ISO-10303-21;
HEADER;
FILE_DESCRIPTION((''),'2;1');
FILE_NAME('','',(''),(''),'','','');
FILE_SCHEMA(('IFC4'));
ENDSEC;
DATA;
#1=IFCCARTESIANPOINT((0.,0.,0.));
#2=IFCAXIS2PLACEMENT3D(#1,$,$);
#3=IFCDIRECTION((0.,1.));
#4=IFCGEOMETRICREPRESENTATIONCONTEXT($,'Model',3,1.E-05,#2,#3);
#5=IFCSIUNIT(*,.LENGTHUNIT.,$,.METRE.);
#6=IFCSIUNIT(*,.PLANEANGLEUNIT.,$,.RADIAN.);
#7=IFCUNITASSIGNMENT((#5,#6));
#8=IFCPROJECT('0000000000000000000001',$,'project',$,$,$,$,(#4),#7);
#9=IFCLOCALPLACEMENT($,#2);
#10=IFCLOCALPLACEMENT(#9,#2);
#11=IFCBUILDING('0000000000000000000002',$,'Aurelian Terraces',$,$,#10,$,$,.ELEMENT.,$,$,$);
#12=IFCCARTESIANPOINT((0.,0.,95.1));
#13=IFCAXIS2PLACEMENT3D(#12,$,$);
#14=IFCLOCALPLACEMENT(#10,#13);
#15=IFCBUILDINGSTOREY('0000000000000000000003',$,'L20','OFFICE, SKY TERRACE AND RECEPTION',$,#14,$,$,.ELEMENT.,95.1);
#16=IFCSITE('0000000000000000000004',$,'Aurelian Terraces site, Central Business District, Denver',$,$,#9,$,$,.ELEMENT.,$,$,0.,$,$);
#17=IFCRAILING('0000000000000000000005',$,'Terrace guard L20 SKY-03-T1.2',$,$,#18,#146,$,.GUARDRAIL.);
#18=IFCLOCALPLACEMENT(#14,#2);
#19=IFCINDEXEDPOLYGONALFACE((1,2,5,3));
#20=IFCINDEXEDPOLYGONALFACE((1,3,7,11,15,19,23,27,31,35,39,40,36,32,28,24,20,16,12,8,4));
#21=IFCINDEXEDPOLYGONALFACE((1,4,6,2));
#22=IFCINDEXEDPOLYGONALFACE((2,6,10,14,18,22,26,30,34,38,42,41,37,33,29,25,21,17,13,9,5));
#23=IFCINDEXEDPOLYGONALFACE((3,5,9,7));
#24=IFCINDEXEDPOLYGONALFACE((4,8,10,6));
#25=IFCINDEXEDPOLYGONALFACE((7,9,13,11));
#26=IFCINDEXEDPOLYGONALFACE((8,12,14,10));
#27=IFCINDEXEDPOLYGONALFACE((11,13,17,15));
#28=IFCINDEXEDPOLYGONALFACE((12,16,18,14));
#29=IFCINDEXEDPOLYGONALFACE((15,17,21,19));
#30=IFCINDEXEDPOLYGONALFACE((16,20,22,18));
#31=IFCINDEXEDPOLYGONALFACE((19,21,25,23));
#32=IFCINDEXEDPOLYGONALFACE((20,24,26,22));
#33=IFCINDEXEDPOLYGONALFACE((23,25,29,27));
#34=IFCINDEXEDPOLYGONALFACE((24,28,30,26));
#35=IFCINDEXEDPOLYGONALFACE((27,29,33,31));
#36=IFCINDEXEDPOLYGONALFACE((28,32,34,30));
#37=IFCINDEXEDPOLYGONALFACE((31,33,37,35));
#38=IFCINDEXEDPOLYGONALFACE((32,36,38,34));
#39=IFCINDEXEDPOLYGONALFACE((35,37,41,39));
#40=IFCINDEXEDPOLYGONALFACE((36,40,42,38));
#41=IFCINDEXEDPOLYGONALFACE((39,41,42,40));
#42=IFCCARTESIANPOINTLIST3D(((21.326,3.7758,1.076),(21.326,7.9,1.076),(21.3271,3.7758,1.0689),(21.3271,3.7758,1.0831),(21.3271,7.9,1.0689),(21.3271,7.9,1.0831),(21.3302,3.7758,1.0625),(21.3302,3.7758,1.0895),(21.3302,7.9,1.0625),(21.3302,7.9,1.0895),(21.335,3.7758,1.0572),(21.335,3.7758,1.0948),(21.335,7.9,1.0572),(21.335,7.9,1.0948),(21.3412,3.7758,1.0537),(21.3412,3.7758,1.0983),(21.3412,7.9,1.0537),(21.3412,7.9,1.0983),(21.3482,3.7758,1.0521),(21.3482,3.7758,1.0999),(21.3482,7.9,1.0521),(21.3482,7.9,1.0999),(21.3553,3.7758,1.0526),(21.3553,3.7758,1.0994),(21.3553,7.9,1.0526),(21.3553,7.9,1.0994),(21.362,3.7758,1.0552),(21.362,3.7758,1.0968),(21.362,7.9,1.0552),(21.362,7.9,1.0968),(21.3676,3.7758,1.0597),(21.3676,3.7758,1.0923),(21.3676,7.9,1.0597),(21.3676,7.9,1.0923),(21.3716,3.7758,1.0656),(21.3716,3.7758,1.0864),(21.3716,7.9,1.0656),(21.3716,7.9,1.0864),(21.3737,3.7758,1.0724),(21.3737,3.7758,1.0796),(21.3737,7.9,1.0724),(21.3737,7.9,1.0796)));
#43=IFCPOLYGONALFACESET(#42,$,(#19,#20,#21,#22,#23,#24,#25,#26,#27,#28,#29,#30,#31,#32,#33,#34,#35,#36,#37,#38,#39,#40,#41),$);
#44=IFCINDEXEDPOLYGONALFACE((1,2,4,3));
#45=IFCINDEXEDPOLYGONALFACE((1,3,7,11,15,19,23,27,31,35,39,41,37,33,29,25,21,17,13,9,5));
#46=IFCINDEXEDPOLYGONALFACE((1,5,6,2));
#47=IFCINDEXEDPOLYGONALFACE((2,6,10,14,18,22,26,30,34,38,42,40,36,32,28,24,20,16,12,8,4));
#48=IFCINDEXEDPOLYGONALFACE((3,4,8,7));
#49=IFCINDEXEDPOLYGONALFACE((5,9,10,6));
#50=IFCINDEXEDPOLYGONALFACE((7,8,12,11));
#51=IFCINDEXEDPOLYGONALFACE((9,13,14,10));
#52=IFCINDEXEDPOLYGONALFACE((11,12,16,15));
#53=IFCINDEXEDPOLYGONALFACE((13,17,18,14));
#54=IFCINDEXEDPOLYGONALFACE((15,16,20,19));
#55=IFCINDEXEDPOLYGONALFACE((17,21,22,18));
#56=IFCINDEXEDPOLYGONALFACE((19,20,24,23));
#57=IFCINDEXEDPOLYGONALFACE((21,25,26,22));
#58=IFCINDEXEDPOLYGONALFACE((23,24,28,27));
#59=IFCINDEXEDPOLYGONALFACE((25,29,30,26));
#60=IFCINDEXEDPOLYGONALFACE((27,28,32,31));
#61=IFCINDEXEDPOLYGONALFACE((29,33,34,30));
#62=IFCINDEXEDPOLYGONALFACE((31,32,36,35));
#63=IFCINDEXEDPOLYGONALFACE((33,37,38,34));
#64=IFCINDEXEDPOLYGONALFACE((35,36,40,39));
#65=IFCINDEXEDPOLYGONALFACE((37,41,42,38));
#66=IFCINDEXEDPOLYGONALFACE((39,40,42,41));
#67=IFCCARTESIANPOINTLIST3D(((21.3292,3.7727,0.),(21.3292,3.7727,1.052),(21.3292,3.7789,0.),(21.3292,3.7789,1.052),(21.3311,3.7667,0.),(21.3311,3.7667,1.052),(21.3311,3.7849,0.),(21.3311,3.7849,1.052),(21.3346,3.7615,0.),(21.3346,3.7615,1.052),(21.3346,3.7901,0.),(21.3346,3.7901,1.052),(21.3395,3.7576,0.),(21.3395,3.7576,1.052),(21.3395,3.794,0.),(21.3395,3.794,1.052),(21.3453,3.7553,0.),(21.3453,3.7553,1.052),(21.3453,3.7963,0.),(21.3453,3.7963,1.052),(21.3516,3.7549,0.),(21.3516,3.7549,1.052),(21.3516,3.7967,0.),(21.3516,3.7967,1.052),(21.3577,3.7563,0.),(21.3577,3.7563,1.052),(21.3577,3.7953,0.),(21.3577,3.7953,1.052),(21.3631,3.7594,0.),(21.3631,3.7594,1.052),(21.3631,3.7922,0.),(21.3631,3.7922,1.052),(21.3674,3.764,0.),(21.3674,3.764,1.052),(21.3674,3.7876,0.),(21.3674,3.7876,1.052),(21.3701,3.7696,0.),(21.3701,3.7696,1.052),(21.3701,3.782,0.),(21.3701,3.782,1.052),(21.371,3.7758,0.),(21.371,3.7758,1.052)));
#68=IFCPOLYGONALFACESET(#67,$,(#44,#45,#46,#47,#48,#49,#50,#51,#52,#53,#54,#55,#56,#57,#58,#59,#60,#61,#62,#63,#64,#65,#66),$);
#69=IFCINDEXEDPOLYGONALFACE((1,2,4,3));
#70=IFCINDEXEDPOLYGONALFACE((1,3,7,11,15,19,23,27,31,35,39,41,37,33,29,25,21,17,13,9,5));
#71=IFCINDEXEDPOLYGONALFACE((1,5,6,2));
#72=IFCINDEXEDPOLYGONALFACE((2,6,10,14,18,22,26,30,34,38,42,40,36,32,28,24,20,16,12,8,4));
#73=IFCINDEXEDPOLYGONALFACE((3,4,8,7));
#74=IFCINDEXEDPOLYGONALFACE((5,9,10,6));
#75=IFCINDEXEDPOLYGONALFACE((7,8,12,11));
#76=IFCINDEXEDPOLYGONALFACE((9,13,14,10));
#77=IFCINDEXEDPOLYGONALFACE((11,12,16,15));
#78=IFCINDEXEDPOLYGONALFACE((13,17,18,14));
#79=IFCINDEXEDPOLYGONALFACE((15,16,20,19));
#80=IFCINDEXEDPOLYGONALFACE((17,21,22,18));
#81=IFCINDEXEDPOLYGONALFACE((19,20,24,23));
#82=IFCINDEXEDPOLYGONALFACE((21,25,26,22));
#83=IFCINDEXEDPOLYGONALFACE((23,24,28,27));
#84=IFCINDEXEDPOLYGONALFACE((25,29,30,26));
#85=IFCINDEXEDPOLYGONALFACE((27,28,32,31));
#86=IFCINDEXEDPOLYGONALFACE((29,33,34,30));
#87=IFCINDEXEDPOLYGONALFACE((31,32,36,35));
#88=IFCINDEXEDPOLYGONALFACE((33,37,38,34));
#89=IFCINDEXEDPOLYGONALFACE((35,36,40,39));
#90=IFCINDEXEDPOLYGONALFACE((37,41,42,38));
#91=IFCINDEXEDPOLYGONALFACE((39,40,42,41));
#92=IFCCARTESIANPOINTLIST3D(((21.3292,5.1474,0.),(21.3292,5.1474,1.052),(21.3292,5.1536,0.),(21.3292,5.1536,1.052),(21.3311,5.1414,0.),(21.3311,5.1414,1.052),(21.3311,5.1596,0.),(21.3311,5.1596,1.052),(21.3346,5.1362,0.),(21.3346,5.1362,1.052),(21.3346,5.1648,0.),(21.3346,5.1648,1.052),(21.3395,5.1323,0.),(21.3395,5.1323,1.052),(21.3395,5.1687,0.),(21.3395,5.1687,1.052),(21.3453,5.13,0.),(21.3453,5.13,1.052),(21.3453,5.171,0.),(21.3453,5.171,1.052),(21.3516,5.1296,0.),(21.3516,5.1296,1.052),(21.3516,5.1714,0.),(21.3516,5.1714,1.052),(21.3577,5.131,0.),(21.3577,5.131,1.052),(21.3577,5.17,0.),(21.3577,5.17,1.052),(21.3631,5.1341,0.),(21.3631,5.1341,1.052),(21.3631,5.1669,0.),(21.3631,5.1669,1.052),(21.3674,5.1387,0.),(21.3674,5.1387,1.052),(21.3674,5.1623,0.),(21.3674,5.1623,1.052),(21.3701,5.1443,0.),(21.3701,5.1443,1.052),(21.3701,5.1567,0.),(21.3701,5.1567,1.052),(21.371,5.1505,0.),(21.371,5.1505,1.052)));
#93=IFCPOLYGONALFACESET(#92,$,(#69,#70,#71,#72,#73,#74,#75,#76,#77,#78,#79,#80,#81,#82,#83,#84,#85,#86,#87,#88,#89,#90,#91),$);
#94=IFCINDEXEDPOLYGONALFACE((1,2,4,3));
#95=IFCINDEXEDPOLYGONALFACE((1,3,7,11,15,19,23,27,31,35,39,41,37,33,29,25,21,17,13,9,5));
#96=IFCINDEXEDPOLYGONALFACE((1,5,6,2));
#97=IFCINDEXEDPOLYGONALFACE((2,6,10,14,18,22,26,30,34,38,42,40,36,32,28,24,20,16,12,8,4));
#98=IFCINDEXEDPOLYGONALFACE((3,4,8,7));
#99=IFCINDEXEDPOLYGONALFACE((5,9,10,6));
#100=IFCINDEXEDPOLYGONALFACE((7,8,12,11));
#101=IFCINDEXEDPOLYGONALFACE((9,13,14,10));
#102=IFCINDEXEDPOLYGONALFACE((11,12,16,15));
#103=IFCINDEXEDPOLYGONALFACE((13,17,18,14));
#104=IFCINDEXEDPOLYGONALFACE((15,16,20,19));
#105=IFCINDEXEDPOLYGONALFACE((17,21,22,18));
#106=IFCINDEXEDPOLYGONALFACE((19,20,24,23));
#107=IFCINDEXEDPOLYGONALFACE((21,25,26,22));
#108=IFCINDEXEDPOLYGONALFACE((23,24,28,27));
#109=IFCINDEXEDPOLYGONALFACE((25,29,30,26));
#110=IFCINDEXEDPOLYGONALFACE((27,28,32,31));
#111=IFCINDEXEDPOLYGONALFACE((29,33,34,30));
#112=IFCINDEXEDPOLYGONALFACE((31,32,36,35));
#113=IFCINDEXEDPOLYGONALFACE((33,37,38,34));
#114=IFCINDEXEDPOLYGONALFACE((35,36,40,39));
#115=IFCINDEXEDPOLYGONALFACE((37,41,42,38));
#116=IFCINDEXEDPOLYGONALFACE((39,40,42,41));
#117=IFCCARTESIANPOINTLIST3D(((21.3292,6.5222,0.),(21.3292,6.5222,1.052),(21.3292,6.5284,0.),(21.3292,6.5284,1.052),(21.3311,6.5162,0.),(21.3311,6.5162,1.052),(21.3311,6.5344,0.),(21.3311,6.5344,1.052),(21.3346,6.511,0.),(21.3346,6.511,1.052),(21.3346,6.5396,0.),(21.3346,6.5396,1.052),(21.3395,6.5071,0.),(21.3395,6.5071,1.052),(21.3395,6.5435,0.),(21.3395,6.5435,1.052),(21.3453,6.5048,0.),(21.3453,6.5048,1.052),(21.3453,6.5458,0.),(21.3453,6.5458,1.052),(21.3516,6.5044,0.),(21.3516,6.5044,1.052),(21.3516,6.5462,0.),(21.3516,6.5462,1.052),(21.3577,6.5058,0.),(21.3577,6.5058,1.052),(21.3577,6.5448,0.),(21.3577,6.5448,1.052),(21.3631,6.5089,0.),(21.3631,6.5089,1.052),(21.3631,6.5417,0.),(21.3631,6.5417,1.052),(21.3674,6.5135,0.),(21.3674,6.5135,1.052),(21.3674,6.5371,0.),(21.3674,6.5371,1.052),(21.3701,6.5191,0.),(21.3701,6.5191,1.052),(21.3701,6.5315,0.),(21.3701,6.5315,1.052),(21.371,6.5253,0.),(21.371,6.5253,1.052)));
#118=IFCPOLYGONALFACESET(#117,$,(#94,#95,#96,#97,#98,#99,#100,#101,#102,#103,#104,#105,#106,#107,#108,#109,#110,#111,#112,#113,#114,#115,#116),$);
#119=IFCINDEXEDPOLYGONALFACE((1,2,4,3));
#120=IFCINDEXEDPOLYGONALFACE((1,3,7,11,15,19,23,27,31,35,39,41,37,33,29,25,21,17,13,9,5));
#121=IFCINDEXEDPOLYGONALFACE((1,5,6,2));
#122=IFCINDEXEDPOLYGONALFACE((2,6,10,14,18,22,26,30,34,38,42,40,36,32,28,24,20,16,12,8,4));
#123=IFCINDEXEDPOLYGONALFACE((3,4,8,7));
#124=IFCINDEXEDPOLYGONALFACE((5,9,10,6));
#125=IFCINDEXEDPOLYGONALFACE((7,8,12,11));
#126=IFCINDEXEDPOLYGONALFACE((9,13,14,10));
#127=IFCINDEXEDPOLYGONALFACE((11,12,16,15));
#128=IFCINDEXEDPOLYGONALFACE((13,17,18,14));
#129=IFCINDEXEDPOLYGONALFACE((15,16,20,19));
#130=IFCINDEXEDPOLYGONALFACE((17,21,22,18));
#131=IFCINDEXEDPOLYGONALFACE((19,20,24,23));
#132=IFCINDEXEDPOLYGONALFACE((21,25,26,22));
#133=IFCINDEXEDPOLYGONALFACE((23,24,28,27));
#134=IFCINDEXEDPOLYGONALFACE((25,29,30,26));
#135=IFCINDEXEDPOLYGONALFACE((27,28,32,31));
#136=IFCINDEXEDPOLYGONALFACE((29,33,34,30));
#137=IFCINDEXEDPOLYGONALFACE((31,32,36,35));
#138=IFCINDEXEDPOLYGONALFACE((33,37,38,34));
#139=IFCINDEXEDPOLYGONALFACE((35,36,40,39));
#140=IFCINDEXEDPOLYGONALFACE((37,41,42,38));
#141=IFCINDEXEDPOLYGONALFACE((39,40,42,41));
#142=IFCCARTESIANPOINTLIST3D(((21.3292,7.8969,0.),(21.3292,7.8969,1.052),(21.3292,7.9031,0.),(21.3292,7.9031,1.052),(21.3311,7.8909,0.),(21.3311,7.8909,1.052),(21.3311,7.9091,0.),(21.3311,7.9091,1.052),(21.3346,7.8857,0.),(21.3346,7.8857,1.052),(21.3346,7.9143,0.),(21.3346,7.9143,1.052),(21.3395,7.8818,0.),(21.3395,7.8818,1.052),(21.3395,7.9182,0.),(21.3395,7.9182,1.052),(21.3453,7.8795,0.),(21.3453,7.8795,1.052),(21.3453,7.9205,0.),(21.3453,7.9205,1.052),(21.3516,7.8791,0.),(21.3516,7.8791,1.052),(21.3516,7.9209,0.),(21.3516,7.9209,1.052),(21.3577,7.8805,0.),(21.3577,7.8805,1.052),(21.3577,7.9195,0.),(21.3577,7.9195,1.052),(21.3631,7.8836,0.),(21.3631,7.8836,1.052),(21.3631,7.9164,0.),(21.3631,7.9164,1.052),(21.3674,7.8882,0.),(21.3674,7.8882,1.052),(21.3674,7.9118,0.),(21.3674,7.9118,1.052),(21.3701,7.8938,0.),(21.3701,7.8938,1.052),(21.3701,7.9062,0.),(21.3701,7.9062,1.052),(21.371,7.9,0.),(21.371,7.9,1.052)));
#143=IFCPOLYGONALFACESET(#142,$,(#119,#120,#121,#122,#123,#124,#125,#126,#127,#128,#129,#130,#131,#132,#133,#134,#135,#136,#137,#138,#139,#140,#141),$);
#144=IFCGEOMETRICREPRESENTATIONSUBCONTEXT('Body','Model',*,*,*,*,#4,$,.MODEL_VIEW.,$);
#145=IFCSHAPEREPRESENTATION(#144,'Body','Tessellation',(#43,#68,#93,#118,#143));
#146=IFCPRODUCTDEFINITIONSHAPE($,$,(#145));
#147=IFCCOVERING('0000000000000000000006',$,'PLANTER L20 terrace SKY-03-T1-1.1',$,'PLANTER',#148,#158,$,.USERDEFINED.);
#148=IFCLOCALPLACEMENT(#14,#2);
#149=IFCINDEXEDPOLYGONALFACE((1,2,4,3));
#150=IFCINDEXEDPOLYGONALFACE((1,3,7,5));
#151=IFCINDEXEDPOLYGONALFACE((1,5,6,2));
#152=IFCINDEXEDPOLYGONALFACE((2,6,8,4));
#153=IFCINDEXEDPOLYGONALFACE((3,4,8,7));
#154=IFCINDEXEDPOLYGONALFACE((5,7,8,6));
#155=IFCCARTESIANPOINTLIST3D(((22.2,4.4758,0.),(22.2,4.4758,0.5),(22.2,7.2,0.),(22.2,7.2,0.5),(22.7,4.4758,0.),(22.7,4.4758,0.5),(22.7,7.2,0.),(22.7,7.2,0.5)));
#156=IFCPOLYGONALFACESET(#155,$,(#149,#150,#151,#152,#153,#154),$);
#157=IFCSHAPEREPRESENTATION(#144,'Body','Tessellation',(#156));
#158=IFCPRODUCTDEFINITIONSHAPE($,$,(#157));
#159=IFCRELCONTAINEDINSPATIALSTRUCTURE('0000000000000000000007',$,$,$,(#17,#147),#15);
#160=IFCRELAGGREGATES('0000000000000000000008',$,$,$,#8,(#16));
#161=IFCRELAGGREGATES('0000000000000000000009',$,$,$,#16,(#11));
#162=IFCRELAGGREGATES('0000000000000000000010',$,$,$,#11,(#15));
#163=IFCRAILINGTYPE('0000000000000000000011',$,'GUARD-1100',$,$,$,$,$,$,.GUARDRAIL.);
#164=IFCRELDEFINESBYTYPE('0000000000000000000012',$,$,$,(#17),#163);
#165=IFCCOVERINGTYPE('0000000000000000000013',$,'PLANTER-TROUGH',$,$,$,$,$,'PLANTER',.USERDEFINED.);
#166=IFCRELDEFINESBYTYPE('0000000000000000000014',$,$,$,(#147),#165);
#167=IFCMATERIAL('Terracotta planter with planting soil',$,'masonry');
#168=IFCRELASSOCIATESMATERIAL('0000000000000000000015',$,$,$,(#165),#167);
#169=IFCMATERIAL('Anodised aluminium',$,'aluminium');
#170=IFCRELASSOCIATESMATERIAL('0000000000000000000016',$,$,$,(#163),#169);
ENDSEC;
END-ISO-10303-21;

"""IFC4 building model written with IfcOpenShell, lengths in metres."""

from ifc_helpers import new_model, si_unit, direction, frame, origin, origin_2d, place, context, subcontext, project, spatial, rectangle, circle, extrude, source, transform, mapped, material, type_object, element, save


model = new_model("IFC4")

# Units and contexts
model_context = context("Model", 3, precision=1e-05, world=origin(), true_north=direction((0.0, 1.0)))
body_context = subcontext(model_context, "Body", "Model", "MODEL_VIEW")
ifc_project = project(units=[si_unit("LENGTHUNIT", "METRE"), si_unit("PLANEANGLEUNIT", "RADIAN")], contexts=[model_context])

# Site, building, storey
site_placement = place(None, origin())
site = spatial("IfcSite", under=ifc_project, at=site_placement, Name="Aurelian Terraces site, Central Business District, Denver", CompositionType="ELEMENT", RefElevation=0.0)
building_placement = place(site_placement, origin())
building = spatial("IfcBuilding", under=site, at=building_placement, Name="Aurelian Terraces", CompositionType="ELEMENT")
storey_placement = place(building_placement, frame((0.0, 0.0, 95.1)))
storey = spatial("IfcBuildingStorey", under=building, at=storey_placement, Name="L20", Description="OFFICE, SKY TERRACE AND RECEPTION", CompositionType="ELEMENT", Elevation=95.1)

# Shared definitions
ifc_material_1 = material(Name="Anodised aluminium", Category="aluminium")

# Shared definitions
ifc_material_2 = material(Name="Terracotta planter with planting soil", Category="masonry")
covering_type = type_object("IfcCoveringType", Name="PLANTER-TROUGH", ElementType="PLANTER", PredefinedType="USERDEFINED", material=ifc_material_2)

# Railing
railing_type = type_object("IfcRailingType", Name="GUARD-1100", PredefinedType="GUARDRAIL", material=ifc_material_1)
shared_shape_1 = source(origin(), body_context, "Body", "SweptSolid", [
    extrude(circle(Radius=0.024, at=origin_2d()), frame((0.0, 0.0, 1.076), z_axis=(0.0, 1.0, 0.0), x_axis=(-1.0, 0.0, 0.0)), (0.0, 0.0, 1.0), 4.1242),
    extrude(circle(Radius=0.021, at=origin_2d()), origin(), (0.0, 0.0, 1.0), 1.052),
    extrude(circle(Radius=0.021, at=origin_2d()), frame((0.0, 1.3747, 0.0)), (0.0, 0.0, 1.0), 1.052),
    extrude(circle(Radius=0.021, at=origin_2d()), frame((0.0, 2.7495, 0.0)), (0.0, 0.0, 1.0), 1.052),
    extrude(circle(Radius=0.021, at=origin_2d()), frame((0.0, 4.1242, 0.0)), (0.0, 0.0, 1.0), 1.052),
])
railing_placement = place(storey_placement, frame((21.35, 3.7758, 0.0)))
element("IfcRailing", 1, at=railing_placement, inside=storey, type_object=railing_type, Name="Terrace guard L20 SKY-03-T1.2", PredefinedType="GUARDRAIL", context=body_context, shape_type="MappedRepresentation", body=[
    mapped(shared_shape_1, transform((0.0, 0.0, 0.0), scale=1.0)),
])

# Covering
shared_shape_2 = source(origin(), body_context, "Body", "SweptSolid", [
    extrude(rectangle(XDim=0.5, YDim=2.7242, at=origin_2d()), origin(), (0.0, 0.0, 1.0), 0.5),
])
covering_1_placement = place(storey_placement, frame((22.45, 5.8379, 0.0), z_axis=(0.0, 0.0, 1.0), x_axis=(1.0, 0.0, 0.0)))
element("IfcCovering", 2, at=covering_1_placement, inside=storey, type_object=covering_type, Name="PLANTER L20 terrace SKY-03-T1-1.1", ObjectType="PLANTER", PredefinedType="USERDEFINED", context=body_context, shape_type="MappedRepresentation", body=[
    mapped(shared_shape_2, transform((0.0, 0.0, 0.0), scale=1.0)),
])

save(model, "model.ifc")
